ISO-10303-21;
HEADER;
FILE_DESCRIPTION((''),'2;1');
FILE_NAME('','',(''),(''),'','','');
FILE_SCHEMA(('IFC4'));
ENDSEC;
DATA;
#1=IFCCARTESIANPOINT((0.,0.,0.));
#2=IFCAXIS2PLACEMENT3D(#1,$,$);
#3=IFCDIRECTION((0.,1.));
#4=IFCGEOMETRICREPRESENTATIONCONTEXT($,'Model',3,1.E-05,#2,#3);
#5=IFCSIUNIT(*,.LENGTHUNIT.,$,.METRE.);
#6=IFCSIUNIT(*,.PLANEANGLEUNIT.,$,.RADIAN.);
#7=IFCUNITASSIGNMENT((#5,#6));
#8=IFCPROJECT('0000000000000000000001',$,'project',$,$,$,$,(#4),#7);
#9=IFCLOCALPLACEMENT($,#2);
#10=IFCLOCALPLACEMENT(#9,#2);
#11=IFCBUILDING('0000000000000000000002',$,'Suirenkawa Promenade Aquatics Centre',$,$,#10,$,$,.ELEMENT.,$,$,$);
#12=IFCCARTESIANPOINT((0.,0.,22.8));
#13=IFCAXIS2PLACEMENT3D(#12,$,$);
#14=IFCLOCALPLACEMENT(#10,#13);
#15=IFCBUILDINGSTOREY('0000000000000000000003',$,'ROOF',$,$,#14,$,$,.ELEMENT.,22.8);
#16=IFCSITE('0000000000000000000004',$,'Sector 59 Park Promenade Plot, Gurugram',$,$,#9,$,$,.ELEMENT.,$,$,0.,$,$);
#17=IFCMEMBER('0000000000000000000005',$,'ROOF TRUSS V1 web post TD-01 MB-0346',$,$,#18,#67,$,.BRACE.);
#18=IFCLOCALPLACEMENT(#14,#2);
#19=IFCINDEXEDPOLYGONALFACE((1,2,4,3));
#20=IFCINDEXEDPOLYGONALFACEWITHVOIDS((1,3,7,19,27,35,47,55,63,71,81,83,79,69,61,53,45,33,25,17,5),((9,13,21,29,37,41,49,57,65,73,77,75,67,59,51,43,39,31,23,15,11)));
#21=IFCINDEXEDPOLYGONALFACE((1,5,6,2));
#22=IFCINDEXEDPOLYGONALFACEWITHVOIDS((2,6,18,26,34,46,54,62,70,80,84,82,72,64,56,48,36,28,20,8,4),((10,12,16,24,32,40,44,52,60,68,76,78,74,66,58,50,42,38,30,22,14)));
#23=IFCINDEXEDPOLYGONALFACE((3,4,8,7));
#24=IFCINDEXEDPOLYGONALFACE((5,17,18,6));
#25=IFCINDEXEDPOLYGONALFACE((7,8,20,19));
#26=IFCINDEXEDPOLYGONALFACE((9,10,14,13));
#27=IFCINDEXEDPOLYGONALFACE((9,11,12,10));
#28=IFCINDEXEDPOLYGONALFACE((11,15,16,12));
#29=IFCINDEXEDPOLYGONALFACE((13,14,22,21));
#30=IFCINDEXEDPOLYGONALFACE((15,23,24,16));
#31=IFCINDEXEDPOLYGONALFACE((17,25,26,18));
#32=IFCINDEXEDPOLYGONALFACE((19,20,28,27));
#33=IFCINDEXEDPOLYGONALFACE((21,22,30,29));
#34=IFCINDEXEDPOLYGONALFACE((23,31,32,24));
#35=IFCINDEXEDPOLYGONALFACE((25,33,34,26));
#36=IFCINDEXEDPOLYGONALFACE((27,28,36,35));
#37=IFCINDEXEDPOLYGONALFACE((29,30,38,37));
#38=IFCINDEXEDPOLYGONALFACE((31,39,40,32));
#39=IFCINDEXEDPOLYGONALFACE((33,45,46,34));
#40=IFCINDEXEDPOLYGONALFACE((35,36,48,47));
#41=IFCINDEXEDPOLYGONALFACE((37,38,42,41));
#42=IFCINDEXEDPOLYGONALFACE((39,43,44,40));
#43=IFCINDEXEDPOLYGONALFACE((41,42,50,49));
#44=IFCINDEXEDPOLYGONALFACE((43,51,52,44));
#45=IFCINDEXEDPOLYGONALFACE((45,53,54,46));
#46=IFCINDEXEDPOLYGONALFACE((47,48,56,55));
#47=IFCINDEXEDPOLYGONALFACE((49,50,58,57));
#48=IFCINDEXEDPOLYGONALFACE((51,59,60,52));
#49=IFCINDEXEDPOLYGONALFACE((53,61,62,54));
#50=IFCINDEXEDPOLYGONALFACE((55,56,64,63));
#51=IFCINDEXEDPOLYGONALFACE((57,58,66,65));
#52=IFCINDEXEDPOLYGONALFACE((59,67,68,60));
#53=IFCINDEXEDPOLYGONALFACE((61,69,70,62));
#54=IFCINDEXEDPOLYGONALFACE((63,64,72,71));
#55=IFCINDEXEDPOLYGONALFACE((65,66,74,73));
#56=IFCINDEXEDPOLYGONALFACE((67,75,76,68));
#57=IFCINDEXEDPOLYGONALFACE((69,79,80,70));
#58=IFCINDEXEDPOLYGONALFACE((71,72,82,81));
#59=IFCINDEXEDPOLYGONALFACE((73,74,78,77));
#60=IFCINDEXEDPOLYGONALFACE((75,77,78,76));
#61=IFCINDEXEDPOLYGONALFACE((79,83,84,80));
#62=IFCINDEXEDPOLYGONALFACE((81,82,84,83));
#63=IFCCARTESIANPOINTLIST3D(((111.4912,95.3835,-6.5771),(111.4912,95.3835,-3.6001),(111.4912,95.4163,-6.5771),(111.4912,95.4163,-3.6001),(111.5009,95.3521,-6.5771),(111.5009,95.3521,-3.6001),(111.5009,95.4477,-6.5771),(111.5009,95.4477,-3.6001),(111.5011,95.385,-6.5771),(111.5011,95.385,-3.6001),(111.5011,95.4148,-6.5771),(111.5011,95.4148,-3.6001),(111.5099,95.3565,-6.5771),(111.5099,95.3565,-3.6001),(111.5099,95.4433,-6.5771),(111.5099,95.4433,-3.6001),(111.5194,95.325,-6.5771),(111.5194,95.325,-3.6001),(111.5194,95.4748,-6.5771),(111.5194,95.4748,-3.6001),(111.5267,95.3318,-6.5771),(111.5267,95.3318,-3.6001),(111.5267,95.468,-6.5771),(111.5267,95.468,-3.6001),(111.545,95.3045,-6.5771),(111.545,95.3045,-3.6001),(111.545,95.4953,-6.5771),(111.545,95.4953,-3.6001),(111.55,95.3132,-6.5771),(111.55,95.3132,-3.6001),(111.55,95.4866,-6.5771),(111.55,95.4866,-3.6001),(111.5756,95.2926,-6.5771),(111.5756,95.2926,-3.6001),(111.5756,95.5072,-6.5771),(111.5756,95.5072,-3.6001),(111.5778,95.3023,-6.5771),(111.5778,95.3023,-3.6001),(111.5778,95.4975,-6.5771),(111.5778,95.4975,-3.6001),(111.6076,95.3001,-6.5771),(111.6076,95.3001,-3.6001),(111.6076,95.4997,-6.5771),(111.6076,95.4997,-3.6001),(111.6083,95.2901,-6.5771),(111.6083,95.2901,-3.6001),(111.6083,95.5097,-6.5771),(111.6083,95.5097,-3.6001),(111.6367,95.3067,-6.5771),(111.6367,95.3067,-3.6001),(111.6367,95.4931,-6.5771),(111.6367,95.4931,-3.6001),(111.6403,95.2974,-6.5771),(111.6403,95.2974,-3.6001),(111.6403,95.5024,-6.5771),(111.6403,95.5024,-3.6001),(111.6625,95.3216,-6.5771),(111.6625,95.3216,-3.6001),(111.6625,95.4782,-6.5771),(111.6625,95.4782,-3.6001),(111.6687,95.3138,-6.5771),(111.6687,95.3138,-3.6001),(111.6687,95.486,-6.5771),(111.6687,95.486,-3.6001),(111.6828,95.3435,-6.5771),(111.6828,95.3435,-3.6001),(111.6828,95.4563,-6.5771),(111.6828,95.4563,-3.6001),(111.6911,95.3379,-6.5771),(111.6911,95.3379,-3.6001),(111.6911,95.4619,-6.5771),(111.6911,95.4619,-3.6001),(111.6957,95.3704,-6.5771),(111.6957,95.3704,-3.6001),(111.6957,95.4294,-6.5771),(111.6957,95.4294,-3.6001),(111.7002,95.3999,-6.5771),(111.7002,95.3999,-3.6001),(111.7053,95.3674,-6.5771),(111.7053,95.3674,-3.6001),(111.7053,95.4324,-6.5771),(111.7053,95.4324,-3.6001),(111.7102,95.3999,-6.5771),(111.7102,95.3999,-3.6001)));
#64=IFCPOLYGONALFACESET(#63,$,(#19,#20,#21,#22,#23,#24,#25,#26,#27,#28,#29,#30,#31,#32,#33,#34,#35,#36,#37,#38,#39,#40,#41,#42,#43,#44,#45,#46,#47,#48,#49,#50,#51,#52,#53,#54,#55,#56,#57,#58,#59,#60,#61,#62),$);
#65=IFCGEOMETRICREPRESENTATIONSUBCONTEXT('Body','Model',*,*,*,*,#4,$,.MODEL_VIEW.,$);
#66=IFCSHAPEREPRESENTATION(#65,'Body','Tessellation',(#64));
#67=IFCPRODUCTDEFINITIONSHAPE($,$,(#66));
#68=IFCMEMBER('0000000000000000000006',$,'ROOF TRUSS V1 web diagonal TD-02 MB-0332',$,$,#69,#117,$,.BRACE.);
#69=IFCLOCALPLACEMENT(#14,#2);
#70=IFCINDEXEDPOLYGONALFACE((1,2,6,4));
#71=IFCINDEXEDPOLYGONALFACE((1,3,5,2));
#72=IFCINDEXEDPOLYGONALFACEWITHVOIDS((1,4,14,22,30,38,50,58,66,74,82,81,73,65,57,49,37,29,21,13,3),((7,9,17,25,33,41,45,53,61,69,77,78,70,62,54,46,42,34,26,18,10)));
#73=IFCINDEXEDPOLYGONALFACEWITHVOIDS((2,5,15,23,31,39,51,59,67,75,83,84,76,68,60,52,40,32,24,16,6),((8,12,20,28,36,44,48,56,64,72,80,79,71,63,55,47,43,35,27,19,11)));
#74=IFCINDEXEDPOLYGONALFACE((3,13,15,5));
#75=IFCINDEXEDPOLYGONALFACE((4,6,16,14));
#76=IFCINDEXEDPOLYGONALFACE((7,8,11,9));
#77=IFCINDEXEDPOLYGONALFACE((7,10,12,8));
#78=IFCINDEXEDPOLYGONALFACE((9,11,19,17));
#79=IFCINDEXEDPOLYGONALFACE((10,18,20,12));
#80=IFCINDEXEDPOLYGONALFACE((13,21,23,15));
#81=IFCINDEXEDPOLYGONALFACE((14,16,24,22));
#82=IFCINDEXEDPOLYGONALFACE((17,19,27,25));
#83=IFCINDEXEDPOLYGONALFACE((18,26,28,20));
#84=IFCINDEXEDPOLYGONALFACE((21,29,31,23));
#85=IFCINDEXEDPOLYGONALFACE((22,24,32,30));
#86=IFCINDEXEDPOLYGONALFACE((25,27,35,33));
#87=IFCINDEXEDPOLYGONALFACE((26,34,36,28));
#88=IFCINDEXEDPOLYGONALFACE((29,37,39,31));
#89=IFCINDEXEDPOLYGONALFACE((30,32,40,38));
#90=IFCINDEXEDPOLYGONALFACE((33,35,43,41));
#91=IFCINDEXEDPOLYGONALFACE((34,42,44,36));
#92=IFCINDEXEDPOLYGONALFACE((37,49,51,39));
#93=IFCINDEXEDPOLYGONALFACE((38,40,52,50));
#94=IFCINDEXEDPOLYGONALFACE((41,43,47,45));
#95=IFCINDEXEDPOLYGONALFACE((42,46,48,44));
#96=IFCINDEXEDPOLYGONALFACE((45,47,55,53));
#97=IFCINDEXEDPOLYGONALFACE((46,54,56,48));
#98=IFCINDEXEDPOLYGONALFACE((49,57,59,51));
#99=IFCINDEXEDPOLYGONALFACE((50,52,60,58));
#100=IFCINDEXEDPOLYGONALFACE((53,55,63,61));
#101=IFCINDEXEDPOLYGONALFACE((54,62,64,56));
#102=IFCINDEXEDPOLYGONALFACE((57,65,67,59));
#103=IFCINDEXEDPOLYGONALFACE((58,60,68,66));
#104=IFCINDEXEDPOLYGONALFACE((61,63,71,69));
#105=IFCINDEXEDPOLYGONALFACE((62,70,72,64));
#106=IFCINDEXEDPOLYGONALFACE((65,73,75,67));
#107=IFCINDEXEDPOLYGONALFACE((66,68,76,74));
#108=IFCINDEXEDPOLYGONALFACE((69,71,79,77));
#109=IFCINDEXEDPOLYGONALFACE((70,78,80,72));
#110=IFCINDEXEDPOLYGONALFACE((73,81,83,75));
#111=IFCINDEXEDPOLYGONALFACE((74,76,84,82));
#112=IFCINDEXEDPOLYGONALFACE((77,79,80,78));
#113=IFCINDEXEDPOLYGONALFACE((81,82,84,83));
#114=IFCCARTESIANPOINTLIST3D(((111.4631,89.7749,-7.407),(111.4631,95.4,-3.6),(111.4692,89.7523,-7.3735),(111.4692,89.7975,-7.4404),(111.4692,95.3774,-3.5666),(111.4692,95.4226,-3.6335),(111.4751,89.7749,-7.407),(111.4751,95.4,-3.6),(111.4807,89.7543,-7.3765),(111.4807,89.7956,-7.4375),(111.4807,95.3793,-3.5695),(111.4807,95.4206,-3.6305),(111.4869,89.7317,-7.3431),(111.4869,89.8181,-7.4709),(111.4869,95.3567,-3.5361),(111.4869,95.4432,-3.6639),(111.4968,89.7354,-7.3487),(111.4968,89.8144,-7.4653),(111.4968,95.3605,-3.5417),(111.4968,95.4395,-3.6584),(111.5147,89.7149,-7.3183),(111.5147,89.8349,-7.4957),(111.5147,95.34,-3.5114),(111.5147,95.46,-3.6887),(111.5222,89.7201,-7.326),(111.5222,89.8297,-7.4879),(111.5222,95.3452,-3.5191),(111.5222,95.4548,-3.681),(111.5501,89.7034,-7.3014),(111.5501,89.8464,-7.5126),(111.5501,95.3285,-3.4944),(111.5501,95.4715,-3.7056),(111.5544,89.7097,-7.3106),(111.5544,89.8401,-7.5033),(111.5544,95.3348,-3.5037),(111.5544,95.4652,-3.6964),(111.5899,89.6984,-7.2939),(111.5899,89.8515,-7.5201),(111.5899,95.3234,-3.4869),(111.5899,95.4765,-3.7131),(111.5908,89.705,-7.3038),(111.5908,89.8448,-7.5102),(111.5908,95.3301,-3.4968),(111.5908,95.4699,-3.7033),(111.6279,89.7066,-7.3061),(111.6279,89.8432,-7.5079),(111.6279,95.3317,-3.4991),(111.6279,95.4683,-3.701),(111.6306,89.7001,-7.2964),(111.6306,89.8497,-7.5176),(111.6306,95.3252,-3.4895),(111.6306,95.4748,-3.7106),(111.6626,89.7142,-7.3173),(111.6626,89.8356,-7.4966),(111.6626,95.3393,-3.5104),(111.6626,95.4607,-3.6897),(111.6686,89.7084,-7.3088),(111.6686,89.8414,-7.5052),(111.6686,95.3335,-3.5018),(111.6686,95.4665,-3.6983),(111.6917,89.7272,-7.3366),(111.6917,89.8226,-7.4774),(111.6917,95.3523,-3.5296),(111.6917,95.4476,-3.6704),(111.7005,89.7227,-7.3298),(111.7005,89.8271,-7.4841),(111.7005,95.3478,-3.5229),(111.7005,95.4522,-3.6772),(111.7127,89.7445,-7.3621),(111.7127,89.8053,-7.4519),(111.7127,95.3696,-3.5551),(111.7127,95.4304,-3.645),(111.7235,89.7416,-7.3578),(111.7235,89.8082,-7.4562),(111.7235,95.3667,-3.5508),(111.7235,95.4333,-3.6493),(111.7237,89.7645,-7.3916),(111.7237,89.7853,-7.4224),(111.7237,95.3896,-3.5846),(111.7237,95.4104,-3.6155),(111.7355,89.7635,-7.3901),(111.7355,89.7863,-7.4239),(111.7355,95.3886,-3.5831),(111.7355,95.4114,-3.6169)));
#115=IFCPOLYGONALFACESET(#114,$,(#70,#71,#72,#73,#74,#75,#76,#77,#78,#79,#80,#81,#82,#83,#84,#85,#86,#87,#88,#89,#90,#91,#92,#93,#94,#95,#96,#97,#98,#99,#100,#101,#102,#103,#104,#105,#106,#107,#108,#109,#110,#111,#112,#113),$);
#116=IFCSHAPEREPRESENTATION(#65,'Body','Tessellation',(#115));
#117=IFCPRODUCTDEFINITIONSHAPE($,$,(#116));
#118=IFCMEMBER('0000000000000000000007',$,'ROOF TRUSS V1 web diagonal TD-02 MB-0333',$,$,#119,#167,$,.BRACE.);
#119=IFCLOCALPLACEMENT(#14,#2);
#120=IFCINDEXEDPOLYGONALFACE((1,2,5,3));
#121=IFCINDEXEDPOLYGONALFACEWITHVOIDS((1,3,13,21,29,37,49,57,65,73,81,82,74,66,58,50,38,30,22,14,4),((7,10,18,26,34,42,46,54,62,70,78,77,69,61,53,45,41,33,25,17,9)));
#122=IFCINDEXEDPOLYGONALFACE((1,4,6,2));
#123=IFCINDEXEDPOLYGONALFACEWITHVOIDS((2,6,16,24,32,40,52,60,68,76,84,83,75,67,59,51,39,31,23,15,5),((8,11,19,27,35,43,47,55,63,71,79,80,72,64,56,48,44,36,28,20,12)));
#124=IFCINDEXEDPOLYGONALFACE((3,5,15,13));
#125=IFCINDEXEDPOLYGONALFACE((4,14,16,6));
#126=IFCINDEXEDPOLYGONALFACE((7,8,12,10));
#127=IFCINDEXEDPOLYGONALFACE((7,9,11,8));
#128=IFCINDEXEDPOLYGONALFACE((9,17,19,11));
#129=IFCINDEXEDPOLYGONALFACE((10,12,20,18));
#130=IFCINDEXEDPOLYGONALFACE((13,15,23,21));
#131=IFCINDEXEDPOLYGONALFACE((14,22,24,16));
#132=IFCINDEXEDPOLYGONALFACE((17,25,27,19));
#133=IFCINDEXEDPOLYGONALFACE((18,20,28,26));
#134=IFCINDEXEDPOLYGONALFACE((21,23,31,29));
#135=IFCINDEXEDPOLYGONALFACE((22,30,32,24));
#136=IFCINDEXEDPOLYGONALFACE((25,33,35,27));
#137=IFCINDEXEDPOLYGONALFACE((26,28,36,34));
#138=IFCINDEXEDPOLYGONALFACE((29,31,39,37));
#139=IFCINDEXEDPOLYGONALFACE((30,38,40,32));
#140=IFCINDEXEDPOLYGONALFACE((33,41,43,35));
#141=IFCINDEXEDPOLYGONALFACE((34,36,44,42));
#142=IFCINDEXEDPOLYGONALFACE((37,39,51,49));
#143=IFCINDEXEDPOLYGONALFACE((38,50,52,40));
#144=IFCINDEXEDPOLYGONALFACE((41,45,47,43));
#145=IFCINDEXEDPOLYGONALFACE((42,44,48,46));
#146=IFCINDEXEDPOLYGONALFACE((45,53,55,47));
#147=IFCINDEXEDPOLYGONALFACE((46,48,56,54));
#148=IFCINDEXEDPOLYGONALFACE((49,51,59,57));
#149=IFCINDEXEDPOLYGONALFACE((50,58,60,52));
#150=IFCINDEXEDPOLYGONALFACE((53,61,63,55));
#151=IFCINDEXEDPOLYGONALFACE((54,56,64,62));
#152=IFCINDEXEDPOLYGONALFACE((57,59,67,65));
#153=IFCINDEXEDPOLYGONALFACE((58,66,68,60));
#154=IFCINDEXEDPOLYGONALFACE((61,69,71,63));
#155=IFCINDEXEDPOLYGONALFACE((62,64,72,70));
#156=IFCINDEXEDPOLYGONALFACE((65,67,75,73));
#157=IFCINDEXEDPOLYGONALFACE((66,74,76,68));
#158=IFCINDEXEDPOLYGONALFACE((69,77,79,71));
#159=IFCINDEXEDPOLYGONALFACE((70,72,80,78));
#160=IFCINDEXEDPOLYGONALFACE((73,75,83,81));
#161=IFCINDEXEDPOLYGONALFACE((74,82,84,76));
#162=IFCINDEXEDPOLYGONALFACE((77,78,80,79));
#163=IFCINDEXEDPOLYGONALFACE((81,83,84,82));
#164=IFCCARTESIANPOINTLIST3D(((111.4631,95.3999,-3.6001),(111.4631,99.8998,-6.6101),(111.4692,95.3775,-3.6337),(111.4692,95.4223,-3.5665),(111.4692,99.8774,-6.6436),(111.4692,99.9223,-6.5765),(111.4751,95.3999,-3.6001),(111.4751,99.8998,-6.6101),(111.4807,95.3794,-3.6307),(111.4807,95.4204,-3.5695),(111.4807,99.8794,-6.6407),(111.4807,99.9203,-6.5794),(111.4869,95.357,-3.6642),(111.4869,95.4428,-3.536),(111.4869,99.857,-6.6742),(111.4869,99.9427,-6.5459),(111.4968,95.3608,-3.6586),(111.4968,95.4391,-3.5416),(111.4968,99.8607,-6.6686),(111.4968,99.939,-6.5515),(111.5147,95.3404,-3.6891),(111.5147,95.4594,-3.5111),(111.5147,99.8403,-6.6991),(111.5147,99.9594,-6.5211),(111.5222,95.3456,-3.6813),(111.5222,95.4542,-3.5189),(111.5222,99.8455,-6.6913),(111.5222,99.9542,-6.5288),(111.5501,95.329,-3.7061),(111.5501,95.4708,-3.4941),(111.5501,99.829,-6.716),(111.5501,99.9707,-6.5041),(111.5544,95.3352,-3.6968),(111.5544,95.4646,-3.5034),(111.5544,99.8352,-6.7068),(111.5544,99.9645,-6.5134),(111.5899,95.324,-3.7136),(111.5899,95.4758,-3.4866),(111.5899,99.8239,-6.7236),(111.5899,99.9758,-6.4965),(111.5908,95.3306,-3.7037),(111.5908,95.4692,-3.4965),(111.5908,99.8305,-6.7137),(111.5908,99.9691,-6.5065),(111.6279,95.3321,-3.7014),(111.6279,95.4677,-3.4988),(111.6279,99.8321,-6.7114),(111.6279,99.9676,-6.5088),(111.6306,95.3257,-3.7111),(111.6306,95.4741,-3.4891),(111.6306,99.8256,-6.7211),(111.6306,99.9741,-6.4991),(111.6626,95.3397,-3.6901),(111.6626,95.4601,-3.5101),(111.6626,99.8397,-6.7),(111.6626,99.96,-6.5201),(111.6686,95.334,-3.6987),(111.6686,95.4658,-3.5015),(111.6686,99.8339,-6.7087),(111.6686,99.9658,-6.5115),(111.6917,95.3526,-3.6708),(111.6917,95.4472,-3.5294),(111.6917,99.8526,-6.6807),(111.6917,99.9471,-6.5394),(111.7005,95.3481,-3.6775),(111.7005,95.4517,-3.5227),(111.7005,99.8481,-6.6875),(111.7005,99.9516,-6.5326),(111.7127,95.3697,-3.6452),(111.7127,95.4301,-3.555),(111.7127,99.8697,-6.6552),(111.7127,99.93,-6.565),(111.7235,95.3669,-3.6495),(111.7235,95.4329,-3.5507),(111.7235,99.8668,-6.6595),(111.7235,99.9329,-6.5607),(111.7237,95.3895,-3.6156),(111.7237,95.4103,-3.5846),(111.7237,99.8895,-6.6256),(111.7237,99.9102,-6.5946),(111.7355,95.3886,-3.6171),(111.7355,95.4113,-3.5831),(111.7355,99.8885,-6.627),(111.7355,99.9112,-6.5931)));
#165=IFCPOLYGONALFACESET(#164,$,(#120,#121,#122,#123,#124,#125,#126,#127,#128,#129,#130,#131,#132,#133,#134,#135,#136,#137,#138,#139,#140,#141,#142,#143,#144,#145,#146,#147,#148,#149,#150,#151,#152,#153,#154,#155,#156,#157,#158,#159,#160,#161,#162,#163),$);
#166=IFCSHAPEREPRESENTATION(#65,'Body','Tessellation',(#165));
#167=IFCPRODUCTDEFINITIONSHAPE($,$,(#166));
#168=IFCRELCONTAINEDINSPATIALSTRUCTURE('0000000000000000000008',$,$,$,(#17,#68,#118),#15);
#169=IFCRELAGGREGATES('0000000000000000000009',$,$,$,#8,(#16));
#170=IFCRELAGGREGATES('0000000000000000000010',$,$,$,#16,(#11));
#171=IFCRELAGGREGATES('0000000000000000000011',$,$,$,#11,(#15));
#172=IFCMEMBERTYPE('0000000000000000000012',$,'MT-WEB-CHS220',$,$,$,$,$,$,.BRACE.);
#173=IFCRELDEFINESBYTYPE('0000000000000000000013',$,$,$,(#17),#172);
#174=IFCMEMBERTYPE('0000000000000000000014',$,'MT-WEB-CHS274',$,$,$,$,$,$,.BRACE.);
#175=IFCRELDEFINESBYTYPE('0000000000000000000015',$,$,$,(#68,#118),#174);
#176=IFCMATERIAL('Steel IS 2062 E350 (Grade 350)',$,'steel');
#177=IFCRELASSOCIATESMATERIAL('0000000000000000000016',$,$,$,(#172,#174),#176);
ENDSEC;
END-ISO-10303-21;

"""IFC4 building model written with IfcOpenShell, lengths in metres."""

from ifc_helpers import new_model, si_unit, direction, frame, origin, origin_2d, place, context, subcontext, project, spatial, hollow_circle, extrude, material, material_profile, profile_set, type_object, element, save


model = new_model("IFC4")

# Units and contexts
model_context = context("Model", 3, precision=1e-05, world=origin(), true_north=direction((0.0, 1.0)))
body_context = subcontext(model_context, "Body", "Model", "MODEL_VIEW")
ifc_project = project(units=[si_unit("LENGTHUNIT", "METRE"), si_unit("PLANEANGLEUNIT", "RADIAN")], contexts=[model_context])

# Site, building, storey
site_placement = place(None, origin())
site = spatial("IfcSite", under=ifc_project, at=site_placement, Name="Sector 59 Park Promenade Plot, Gurugram", CompositionType="ELEMENT", RefElevation=0.0)
building_placement = place(site_placement, origin())
building = spatial("IfcBuilding", under=site, at=building_placement, Name="Suirenkawa Promenade Aquatics Centre", CompositionType="ELEMENT")
storey_placement = place(building_placement, frame((0.0, 0.0, 22.8)))
storey = spatial("IfcBuildingStorey", under=building, at=storey_placement, Name="ROOF", CompositionType="ELEMENT", Elevation=22.8)

# Shared definitions
ifc_material_1 = material(Name="Steel IS 2062 E350 (Grade 350)", Category="steel")

# Members
ifc_material_profile_1 = material_profile(ifc_material_1, hollow_circle(Radius=0.1101, WallThickness=0.01, at=origin_2d()), Name="CHS 220x10", Category="steel")
ifc_profile_set_1 = profile_set([ifc_material_profile_1], Name="Steel IS 2062 E350 (Grade 350)")
member_type_1 = type_object("IfcMemberType", Name="MT-WEB-CHS220", PredefinedType="BRACE", material=ifc_profile_set_1)
member_1_placement = place(storey_placement, frame((111.6001, 95.3999, -6.5771), z_axis=(0.0, 0.0, 1.0), x_axis=(1.0, 0.0, 0.0)))
element("IfcMember", 1, at=member_1_placement, inside=storey, type_object=member_type_1, Name="ROOF TRUSS V1 web post TD-01 MB-0346", PredefinedType="BRACE", context=body_context, shape_type="SweptSolid", body=[
    extrude(hollow_circle(Radius=0.1101, WallThickness=0.01, at=origin_2d()), origin(), (0.0, 0.0, 1.0), 2.9771),
])
ifc_material_profile_2 = material_profile(ifc_material_1, hollow_circle(Radius=0.137, WallThickness=0.012, at=origin_2d()), Name="CHS 274x12", Category="steel")
ifc_profile_set_2 = profile_set([ifc_material_profile_2], Name="Steel IS 2062 E350 (Grade 350)")
member_type_2 = type_object("IfcMemberType", Name="MT-WEB-CHS274", PredefinedType="BRACE", material=ifc_profile_set_2)
member_2_placement = place(storey_placement, frame((111.6001, 89.7749, -7.407), z_axis=(0.0, 0.828165, 0.560485), x_axis=(-1.0, 0.0, 0.0)))
element("IfcMember", 2, at=member_2_placement, inside=storey, type_object=member_type_2, Name="ROOF TRUSS V1 web diagonal TD-02 MB-0332", PredefinedType="BRACE", context=body_context, shape_type="SweptSolid", body=[
    extrude(hollow_circle(Radius=0.137, WallThickness=0.012, at=origin_2d()), origin(), (0.0, 0.0, 1.0), 6.7922),
])
member_3_placement = place(storey_placement, frame((111.6001, 95.3999, -3.6001), z_axis=(0.0, 0.831196, -0.55598), x_axis=(-1.0, 0.0, 0.0)))
element("IfcMember", 3, at=member_3_placement, inside=storey, type_object=member_type_2, Name="ROOF TRUSS V1 web diagonal TD-02 MB-0333", PredefinedType="BRACE", context=body_context, shape_type="SweptSolid", body=[
    extrude(hollow_circle(Radius=0.137, WallThickness=0.012, at=origin_2d()), origin(), (0.0, 0.0, 1.0), 5.4138),
])

save(model, "model.ifc")
